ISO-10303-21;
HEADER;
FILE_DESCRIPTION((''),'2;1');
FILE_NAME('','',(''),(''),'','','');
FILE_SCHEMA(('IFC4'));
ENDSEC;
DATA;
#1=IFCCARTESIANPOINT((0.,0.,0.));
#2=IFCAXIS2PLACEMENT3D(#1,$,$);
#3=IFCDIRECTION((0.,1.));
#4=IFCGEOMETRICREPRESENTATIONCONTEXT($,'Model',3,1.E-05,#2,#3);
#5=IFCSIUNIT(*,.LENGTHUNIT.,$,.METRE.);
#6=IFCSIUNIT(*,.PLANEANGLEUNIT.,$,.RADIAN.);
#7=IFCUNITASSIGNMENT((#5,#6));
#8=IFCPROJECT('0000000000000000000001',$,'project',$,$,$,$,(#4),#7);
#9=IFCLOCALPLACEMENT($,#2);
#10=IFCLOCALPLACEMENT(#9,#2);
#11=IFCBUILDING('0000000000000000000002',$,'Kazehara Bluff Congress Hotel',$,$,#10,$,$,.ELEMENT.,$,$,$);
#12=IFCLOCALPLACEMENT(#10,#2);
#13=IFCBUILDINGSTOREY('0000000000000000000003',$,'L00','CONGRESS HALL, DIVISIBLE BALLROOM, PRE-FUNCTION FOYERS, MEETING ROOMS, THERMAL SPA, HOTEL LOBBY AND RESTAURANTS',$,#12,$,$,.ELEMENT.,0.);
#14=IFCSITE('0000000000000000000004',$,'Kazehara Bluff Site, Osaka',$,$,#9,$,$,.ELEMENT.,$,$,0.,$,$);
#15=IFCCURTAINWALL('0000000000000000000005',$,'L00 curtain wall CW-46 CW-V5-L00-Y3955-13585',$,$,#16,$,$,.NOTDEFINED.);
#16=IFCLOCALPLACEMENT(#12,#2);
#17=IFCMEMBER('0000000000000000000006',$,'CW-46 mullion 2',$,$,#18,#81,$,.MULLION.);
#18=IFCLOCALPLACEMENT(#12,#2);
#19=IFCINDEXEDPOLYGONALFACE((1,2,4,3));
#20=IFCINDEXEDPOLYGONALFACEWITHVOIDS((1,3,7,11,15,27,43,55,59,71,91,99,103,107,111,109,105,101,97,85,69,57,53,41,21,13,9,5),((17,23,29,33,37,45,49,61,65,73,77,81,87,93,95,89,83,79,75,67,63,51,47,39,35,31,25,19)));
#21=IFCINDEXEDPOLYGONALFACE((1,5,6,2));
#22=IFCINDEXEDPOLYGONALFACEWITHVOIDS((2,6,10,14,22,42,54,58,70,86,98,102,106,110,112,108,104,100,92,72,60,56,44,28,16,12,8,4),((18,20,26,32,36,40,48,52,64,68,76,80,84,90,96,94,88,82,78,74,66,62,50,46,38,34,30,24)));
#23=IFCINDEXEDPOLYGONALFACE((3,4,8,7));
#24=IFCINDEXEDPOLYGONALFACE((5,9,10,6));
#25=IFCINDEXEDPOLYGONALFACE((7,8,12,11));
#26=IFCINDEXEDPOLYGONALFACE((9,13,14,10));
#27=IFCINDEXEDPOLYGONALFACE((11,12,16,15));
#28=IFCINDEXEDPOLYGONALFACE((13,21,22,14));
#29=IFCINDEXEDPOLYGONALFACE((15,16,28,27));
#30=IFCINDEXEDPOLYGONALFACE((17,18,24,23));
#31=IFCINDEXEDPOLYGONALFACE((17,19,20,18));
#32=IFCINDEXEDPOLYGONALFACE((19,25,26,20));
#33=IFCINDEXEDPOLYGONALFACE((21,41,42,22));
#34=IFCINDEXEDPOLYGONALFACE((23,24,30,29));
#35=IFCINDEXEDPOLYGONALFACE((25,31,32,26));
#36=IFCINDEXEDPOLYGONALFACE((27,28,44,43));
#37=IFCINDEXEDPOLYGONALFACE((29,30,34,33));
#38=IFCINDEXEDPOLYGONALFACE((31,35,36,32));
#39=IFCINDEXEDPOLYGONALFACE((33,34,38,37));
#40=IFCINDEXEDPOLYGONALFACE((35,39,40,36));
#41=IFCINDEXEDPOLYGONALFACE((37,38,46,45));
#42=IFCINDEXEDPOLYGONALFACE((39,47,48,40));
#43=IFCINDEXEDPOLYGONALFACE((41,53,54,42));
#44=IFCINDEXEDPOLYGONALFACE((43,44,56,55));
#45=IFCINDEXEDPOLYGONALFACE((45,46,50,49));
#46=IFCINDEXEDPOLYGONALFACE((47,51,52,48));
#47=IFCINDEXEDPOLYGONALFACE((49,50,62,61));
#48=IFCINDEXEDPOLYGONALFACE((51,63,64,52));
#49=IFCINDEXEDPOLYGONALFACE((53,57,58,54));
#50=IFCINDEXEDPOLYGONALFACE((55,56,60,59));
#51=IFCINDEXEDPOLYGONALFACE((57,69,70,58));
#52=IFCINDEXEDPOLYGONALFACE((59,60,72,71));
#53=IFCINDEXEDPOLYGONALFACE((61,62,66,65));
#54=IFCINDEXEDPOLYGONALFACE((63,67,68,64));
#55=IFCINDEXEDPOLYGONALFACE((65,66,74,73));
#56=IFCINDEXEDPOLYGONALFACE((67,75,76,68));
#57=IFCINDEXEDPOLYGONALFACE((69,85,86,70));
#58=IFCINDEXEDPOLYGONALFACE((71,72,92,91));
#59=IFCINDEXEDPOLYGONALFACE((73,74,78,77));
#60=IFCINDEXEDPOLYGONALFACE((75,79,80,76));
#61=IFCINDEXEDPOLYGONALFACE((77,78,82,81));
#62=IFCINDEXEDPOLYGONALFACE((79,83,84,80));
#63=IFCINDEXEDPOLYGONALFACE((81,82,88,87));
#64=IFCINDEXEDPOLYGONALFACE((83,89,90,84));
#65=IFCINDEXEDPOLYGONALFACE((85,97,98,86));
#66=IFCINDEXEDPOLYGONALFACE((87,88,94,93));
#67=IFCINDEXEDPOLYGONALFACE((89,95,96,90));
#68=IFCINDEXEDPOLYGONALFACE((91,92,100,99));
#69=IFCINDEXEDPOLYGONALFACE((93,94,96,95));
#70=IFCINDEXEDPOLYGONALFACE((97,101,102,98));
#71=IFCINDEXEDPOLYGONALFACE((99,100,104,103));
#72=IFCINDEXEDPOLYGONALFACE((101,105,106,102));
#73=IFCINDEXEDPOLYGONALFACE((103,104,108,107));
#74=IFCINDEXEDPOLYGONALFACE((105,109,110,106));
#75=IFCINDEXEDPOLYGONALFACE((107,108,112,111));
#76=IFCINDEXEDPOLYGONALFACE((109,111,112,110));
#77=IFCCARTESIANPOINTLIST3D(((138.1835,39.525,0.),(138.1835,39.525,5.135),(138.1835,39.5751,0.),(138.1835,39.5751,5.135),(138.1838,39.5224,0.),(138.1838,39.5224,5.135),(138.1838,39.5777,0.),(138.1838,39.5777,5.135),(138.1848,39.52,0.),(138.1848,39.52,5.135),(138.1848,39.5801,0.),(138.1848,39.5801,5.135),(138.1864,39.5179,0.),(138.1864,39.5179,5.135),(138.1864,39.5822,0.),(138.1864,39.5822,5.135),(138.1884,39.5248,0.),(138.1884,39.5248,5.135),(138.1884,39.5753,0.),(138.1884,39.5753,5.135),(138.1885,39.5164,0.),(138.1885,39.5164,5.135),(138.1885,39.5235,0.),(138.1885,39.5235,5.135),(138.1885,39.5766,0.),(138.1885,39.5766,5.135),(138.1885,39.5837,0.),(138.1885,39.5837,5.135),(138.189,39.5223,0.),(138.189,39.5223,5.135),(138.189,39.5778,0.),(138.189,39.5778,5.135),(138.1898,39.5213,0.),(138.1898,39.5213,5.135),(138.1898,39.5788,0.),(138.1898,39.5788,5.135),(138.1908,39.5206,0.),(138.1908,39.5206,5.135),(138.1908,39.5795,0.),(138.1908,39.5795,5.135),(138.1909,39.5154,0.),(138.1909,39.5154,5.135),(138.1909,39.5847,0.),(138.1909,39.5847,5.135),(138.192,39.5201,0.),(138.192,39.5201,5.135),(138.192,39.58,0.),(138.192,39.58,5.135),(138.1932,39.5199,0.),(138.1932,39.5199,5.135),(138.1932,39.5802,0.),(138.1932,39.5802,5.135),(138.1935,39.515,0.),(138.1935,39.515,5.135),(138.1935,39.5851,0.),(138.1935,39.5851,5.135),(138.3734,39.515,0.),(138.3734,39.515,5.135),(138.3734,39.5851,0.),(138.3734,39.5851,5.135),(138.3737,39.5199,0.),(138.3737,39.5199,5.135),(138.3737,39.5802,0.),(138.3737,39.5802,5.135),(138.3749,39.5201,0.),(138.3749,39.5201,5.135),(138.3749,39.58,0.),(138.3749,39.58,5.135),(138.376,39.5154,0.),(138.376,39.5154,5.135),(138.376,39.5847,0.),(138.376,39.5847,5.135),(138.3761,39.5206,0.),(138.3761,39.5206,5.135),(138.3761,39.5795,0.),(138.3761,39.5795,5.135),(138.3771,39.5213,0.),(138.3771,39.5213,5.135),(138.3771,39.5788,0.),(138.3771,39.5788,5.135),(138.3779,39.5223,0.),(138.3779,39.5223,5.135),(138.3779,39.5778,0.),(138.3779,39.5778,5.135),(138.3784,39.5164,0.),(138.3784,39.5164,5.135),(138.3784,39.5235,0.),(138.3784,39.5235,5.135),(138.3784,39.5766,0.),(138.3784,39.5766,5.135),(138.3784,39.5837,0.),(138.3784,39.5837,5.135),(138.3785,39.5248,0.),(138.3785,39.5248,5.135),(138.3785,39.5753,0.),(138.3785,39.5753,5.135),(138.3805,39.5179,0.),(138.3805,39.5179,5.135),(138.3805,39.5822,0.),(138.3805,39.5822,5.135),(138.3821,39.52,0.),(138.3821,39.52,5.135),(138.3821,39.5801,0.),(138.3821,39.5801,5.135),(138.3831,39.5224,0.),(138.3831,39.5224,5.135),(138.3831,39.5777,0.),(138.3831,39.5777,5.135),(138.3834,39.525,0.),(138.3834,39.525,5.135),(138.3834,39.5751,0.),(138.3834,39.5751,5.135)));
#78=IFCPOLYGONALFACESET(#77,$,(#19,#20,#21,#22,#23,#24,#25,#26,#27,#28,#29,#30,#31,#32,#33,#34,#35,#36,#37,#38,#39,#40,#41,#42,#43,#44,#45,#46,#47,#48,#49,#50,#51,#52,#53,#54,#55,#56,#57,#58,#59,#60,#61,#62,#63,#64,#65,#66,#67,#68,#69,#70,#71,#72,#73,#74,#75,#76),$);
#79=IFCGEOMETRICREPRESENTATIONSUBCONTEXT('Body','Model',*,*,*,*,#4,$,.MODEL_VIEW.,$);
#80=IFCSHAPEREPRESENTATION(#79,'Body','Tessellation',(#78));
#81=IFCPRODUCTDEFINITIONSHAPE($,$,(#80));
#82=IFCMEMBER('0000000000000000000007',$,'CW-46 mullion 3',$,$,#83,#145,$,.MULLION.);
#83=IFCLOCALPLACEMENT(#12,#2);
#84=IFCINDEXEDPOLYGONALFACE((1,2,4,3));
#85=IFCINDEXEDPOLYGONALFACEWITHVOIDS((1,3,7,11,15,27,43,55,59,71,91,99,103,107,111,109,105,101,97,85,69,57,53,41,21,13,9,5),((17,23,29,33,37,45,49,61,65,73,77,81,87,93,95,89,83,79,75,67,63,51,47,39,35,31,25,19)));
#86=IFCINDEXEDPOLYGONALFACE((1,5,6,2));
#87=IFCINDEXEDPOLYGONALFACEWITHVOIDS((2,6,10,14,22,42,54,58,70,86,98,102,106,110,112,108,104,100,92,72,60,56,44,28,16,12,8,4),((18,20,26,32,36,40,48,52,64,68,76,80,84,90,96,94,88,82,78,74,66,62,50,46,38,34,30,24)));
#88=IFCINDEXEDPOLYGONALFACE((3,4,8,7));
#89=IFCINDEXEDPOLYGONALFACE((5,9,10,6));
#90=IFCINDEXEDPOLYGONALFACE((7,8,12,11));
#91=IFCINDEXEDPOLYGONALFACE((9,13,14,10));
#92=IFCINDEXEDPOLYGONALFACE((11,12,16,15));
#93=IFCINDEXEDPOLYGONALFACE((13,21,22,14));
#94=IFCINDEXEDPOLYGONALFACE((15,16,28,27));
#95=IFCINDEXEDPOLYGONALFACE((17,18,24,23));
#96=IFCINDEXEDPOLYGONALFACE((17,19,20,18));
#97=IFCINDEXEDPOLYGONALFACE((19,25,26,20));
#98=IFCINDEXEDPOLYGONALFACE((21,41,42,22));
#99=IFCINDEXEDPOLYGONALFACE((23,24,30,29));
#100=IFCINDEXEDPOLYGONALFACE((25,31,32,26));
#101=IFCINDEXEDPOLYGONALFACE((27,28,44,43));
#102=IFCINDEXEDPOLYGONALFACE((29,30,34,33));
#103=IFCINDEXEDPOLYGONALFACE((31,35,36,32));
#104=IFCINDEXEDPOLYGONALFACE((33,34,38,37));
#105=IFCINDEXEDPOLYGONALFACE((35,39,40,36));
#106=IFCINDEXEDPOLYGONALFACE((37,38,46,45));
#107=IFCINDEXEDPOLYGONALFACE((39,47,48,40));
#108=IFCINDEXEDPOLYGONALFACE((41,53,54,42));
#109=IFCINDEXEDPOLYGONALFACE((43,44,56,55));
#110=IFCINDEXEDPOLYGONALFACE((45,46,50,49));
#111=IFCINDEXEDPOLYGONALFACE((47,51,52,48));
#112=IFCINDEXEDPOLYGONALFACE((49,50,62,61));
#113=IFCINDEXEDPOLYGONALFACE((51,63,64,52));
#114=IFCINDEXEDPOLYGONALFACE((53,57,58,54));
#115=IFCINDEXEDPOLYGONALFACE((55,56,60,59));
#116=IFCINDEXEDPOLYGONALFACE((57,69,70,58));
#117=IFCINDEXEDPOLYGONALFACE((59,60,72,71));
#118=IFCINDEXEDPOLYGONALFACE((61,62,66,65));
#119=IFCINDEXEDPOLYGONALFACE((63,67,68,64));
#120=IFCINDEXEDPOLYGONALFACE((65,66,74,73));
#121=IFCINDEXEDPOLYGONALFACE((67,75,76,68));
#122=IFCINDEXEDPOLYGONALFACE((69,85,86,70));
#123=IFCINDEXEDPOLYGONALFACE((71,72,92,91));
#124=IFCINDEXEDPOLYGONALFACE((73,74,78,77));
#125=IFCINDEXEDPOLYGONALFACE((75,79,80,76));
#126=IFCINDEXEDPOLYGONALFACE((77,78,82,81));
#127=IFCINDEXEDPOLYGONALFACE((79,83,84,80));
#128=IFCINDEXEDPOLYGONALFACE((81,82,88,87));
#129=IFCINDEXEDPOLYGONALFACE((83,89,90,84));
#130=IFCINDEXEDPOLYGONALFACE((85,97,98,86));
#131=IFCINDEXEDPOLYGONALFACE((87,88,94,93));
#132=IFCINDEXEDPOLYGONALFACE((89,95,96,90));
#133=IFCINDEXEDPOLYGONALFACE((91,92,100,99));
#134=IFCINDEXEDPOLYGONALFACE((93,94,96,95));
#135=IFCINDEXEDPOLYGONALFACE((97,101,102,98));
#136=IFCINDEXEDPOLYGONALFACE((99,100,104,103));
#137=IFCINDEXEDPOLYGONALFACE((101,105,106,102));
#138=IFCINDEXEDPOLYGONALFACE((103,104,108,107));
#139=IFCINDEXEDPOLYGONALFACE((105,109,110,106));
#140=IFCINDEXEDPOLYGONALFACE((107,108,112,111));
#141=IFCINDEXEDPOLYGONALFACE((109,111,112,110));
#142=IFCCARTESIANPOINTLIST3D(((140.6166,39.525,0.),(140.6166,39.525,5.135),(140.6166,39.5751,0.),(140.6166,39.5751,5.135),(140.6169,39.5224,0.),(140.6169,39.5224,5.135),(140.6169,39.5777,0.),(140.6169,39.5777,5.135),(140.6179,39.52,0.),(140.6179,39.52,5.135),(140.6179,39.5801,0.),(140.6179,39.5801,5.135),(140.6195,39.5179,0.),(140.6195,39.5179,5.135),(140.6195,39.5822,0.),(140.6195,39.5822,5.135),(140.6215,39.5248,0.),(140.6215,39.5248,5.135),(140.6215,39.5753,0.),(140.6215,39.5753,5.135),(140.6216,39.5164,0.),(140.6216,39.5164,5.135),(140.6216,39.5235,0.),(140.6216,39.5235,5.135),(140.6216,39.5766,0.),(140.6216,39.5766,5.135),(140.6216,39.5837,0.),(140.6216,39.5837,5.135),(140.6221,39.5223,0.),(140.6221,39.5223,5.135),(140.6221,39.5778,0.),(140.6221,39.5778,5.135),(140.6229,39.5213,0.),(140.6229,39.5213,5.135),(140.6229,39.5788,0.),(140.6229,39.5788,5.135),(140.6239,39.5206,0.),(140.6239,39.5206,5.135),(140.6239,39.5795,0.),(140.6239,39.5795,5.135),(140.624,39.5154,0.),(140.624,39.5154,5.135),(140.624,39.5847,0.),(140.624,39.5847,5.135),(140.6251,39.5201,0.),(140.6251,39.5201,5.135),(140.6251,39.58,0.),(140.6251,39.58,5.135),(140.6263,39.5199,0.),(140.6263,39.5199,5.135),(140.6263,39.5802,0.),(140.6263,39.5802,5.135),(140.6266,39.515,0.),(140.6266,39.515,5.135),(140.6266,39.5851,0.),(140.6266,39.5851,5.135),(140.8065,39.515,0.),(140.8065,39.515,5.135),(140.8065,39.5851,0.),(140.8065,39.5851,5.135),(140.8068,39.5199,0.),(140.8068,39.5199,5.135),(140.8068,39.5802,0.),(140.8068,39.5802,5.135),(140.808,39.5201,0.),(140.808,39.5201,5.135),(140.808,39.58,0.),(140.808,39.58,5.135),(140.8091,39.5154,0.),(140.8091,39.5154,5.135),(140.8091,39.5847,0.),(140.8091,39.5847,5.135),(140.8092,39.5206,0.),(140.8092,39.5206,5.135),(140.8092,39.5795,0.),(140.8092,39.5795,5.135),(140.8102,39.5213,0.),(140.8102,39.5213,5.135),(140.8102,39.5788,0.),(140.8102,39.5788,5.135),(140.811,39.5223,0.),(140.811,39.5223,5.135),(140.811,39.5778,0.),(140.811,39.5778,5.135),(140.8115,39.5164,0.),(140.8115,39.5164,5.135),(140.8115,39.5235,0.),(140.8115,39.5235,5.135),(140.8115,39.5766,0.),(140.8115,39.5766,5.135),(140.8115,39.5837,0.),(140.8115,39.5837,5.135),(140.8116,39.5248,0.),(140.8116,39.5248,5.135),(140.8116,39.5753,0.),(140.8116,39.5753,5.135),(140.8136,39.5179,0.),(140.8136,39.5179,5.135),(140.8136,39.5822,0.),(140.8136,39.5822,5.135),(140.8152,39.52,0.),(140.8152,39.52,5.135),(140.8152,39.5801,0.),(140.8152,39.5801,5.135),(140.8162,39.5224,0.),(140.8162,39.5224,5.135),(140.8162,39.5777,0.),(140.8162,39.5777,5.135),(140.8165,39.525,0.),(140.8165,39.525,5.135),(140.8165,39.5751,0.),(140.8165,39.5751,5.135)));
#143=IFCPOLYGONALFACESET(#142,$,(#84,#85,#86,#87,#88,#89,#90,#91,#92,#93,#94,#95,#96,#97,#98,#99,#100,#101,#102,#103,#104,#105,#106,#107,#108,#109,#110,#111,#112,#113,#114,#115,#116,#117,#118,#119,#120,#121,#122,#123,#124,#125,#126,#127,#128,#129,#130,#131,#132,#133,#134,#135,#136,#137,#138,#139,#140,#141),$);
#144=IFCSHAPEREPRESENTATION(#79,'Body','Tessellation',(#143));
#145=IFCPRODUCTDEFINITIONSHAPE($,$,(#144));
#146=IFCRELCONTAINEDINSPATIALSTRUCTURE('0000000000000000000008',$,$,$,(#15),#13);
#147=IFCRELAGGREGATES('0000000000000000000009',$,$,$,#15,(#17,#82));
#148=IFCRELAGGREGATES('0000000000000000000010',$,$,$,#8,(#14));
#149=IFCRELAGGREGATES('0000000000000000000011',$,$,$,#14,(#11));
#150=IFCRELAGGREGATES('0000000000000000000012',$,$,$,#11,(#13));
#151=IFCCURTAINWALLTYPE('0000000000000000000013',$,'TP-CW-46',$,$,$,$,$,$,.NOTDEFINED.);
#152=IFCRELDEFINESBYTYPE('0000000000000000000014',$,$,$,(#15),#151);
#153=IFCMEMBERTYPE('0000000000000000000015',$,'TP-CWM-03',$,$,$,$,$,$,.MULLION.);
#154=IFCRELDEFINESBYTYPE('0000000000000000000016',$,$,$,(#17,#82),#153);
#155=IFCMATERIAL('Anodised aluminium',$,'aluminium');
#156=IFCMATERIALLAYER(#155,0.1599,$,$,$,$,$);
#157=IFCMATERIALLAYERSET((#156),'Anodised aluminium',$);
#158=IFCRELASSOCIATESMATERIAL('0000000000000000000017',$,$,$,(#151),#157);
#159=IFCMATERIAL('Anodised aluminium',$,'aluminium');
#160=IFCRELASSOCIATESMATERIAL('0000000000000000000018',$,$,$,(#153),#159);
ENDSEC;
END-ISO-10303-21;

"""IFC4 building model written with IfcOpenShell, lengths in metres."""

from ifc_helpers import new_model, si_unit, direction, frame, origin, origin_2d, place, context, subcontext, project, spatial, hollow_rectangle, extrude, material, layer, layer_set, material_profile, profile_set, type_object, element, aggregate, save


model = new_model("IFC4")

# Units and contexts
model_context = context("Model", 3, precision=1e-05, world=origin(), true_north=direction((0.0, 1.0)))
body_context = subcontext(model_context, "Body", "Model", "MODEL_VIEW")
ifc_project = project(units=[si_unit("LENGTHUNIT", "METRE"), si_unit("PLANEANGLEUNIT", "RADIAN")], contexts=[model_context])

# Site, building, storey
site_placement = place(None, origin())
site = spatial("IfcSite", under=ifc_project, at=site_placement, Name="Kazehara Bluff Site, Osaka", CompositionType="ELEMENT", RefElevation=0.0)
building_placement = place(site_placement, origin())
building = spatial("IfcBuilding", under=site, at=building_placement, Name="Kazehara Bluff Congress Hotel", CompositionType="ELEMENT")
storey_placement = place(building_placement, origin())
storey = spatial("IfcBuildingStorey", under=building, at=storey_placement, Name="L00", Description="CONGRESS HALL, DIVISIBLE BALLROOM, PRE-FUNCTION FOYERS, MEETING ROOMS, THERMAL SPA, HOTEL LOBBY AND RESTAURANTS", CompositionType="ELEMENT", Elevation=0.0)

# Curtain wall, members
ifc_material_1 = material(Name="Anodised aluminium", Category="aluminium")
ifc_layer_1 = layer(ifc_material_1, 0.1599)
ifc_layer_set_1 = layer_set([ifc_layer_1], Name="Anodised aluminium")
curtain_wall_type = type_object("IfcCurtainWallType", Name="TP-CW-46", PredefinedType="NOTDEFINED", material=ifc_layer_set_1)
curtain_wall_placement = place(storey_placement, origin())
curtain_wall = element("IfcCurtainWall", 1, at=curtain_wall_placement, inside=storey, type_object=curtain_wall_type, Name="L00 curtain wall CW-46 CW-V5-L00-Y3955-13585", PredefinedType="NOTDEFINED")
ifc_material_2 = material(Name="Anodised aluminium", Category="aluminium")
ifc_material_profile_1 = material_profile(ifc_material_2, hollow_rectangle(XDim=0.0701, YDim=0.2, WallThickness=0.0049, InnerFilletRadius=0.0049, OuterFilletRadius=0.01, at=origin_2d()))
ifc_profile_set_1 = profile_set([ifc_material_profile_1], Name="Anodised aluminium")
member_type_1 = type_object("IfcMemberType", Name="TP-CWM-03", PredefinedType="MULLION", material=ifc_profile_set_1)
member_1_placement = place(storey_placement, frame((138.2834, 39.55, 0.0), z_axis=(0.0, 0.0, 1.0), x_axis=(0.0, 1.0, 0.0)))
member_1 = element("IfcMember", 2, at=member_1_placement, type_object=member_type_1, Name="CW-46 mullion 2", PredefinedType="MULLION", context=body_context, shape_type="SweptSolid", body=[
    extrude(hollow_rectangle(XDim=0.0701, YDim=0.2, WallThickness=0.0049, InnerFilletRadius=0.0049, OuterFilletRadius=0.01, at=origin_2d()), origin(), (0.0, 0.0, 1.0), 5.135),
])
member_2_placement = place(storey_placement, frame((140.7166, 39.55, 0.0), z_axis=(0.0, 0.0, 1.0), x_axis=(0.0, 1.0, 0.0)))
member_2 = element("IfcMember", 3, at=member_2_placement, type_object=member_type_1, Name="CW-46 mullion 3", PredefinedType="MULLION", context=body_context, shape_type="SweptSolid", body=[
    extrude(hollow_rectangle(XDim=0.0701, YDim=0.2, WallThickness=0.0049, InnerFilletRadius=0.0049, OuterFilletRadius=0.01, at=origin_2d()), origin(), (0.0, 0.0, 1.0), 5.135),
])

aggregate(curtain_wall, [member_1, member_2])

save(model, "model.ifc")
